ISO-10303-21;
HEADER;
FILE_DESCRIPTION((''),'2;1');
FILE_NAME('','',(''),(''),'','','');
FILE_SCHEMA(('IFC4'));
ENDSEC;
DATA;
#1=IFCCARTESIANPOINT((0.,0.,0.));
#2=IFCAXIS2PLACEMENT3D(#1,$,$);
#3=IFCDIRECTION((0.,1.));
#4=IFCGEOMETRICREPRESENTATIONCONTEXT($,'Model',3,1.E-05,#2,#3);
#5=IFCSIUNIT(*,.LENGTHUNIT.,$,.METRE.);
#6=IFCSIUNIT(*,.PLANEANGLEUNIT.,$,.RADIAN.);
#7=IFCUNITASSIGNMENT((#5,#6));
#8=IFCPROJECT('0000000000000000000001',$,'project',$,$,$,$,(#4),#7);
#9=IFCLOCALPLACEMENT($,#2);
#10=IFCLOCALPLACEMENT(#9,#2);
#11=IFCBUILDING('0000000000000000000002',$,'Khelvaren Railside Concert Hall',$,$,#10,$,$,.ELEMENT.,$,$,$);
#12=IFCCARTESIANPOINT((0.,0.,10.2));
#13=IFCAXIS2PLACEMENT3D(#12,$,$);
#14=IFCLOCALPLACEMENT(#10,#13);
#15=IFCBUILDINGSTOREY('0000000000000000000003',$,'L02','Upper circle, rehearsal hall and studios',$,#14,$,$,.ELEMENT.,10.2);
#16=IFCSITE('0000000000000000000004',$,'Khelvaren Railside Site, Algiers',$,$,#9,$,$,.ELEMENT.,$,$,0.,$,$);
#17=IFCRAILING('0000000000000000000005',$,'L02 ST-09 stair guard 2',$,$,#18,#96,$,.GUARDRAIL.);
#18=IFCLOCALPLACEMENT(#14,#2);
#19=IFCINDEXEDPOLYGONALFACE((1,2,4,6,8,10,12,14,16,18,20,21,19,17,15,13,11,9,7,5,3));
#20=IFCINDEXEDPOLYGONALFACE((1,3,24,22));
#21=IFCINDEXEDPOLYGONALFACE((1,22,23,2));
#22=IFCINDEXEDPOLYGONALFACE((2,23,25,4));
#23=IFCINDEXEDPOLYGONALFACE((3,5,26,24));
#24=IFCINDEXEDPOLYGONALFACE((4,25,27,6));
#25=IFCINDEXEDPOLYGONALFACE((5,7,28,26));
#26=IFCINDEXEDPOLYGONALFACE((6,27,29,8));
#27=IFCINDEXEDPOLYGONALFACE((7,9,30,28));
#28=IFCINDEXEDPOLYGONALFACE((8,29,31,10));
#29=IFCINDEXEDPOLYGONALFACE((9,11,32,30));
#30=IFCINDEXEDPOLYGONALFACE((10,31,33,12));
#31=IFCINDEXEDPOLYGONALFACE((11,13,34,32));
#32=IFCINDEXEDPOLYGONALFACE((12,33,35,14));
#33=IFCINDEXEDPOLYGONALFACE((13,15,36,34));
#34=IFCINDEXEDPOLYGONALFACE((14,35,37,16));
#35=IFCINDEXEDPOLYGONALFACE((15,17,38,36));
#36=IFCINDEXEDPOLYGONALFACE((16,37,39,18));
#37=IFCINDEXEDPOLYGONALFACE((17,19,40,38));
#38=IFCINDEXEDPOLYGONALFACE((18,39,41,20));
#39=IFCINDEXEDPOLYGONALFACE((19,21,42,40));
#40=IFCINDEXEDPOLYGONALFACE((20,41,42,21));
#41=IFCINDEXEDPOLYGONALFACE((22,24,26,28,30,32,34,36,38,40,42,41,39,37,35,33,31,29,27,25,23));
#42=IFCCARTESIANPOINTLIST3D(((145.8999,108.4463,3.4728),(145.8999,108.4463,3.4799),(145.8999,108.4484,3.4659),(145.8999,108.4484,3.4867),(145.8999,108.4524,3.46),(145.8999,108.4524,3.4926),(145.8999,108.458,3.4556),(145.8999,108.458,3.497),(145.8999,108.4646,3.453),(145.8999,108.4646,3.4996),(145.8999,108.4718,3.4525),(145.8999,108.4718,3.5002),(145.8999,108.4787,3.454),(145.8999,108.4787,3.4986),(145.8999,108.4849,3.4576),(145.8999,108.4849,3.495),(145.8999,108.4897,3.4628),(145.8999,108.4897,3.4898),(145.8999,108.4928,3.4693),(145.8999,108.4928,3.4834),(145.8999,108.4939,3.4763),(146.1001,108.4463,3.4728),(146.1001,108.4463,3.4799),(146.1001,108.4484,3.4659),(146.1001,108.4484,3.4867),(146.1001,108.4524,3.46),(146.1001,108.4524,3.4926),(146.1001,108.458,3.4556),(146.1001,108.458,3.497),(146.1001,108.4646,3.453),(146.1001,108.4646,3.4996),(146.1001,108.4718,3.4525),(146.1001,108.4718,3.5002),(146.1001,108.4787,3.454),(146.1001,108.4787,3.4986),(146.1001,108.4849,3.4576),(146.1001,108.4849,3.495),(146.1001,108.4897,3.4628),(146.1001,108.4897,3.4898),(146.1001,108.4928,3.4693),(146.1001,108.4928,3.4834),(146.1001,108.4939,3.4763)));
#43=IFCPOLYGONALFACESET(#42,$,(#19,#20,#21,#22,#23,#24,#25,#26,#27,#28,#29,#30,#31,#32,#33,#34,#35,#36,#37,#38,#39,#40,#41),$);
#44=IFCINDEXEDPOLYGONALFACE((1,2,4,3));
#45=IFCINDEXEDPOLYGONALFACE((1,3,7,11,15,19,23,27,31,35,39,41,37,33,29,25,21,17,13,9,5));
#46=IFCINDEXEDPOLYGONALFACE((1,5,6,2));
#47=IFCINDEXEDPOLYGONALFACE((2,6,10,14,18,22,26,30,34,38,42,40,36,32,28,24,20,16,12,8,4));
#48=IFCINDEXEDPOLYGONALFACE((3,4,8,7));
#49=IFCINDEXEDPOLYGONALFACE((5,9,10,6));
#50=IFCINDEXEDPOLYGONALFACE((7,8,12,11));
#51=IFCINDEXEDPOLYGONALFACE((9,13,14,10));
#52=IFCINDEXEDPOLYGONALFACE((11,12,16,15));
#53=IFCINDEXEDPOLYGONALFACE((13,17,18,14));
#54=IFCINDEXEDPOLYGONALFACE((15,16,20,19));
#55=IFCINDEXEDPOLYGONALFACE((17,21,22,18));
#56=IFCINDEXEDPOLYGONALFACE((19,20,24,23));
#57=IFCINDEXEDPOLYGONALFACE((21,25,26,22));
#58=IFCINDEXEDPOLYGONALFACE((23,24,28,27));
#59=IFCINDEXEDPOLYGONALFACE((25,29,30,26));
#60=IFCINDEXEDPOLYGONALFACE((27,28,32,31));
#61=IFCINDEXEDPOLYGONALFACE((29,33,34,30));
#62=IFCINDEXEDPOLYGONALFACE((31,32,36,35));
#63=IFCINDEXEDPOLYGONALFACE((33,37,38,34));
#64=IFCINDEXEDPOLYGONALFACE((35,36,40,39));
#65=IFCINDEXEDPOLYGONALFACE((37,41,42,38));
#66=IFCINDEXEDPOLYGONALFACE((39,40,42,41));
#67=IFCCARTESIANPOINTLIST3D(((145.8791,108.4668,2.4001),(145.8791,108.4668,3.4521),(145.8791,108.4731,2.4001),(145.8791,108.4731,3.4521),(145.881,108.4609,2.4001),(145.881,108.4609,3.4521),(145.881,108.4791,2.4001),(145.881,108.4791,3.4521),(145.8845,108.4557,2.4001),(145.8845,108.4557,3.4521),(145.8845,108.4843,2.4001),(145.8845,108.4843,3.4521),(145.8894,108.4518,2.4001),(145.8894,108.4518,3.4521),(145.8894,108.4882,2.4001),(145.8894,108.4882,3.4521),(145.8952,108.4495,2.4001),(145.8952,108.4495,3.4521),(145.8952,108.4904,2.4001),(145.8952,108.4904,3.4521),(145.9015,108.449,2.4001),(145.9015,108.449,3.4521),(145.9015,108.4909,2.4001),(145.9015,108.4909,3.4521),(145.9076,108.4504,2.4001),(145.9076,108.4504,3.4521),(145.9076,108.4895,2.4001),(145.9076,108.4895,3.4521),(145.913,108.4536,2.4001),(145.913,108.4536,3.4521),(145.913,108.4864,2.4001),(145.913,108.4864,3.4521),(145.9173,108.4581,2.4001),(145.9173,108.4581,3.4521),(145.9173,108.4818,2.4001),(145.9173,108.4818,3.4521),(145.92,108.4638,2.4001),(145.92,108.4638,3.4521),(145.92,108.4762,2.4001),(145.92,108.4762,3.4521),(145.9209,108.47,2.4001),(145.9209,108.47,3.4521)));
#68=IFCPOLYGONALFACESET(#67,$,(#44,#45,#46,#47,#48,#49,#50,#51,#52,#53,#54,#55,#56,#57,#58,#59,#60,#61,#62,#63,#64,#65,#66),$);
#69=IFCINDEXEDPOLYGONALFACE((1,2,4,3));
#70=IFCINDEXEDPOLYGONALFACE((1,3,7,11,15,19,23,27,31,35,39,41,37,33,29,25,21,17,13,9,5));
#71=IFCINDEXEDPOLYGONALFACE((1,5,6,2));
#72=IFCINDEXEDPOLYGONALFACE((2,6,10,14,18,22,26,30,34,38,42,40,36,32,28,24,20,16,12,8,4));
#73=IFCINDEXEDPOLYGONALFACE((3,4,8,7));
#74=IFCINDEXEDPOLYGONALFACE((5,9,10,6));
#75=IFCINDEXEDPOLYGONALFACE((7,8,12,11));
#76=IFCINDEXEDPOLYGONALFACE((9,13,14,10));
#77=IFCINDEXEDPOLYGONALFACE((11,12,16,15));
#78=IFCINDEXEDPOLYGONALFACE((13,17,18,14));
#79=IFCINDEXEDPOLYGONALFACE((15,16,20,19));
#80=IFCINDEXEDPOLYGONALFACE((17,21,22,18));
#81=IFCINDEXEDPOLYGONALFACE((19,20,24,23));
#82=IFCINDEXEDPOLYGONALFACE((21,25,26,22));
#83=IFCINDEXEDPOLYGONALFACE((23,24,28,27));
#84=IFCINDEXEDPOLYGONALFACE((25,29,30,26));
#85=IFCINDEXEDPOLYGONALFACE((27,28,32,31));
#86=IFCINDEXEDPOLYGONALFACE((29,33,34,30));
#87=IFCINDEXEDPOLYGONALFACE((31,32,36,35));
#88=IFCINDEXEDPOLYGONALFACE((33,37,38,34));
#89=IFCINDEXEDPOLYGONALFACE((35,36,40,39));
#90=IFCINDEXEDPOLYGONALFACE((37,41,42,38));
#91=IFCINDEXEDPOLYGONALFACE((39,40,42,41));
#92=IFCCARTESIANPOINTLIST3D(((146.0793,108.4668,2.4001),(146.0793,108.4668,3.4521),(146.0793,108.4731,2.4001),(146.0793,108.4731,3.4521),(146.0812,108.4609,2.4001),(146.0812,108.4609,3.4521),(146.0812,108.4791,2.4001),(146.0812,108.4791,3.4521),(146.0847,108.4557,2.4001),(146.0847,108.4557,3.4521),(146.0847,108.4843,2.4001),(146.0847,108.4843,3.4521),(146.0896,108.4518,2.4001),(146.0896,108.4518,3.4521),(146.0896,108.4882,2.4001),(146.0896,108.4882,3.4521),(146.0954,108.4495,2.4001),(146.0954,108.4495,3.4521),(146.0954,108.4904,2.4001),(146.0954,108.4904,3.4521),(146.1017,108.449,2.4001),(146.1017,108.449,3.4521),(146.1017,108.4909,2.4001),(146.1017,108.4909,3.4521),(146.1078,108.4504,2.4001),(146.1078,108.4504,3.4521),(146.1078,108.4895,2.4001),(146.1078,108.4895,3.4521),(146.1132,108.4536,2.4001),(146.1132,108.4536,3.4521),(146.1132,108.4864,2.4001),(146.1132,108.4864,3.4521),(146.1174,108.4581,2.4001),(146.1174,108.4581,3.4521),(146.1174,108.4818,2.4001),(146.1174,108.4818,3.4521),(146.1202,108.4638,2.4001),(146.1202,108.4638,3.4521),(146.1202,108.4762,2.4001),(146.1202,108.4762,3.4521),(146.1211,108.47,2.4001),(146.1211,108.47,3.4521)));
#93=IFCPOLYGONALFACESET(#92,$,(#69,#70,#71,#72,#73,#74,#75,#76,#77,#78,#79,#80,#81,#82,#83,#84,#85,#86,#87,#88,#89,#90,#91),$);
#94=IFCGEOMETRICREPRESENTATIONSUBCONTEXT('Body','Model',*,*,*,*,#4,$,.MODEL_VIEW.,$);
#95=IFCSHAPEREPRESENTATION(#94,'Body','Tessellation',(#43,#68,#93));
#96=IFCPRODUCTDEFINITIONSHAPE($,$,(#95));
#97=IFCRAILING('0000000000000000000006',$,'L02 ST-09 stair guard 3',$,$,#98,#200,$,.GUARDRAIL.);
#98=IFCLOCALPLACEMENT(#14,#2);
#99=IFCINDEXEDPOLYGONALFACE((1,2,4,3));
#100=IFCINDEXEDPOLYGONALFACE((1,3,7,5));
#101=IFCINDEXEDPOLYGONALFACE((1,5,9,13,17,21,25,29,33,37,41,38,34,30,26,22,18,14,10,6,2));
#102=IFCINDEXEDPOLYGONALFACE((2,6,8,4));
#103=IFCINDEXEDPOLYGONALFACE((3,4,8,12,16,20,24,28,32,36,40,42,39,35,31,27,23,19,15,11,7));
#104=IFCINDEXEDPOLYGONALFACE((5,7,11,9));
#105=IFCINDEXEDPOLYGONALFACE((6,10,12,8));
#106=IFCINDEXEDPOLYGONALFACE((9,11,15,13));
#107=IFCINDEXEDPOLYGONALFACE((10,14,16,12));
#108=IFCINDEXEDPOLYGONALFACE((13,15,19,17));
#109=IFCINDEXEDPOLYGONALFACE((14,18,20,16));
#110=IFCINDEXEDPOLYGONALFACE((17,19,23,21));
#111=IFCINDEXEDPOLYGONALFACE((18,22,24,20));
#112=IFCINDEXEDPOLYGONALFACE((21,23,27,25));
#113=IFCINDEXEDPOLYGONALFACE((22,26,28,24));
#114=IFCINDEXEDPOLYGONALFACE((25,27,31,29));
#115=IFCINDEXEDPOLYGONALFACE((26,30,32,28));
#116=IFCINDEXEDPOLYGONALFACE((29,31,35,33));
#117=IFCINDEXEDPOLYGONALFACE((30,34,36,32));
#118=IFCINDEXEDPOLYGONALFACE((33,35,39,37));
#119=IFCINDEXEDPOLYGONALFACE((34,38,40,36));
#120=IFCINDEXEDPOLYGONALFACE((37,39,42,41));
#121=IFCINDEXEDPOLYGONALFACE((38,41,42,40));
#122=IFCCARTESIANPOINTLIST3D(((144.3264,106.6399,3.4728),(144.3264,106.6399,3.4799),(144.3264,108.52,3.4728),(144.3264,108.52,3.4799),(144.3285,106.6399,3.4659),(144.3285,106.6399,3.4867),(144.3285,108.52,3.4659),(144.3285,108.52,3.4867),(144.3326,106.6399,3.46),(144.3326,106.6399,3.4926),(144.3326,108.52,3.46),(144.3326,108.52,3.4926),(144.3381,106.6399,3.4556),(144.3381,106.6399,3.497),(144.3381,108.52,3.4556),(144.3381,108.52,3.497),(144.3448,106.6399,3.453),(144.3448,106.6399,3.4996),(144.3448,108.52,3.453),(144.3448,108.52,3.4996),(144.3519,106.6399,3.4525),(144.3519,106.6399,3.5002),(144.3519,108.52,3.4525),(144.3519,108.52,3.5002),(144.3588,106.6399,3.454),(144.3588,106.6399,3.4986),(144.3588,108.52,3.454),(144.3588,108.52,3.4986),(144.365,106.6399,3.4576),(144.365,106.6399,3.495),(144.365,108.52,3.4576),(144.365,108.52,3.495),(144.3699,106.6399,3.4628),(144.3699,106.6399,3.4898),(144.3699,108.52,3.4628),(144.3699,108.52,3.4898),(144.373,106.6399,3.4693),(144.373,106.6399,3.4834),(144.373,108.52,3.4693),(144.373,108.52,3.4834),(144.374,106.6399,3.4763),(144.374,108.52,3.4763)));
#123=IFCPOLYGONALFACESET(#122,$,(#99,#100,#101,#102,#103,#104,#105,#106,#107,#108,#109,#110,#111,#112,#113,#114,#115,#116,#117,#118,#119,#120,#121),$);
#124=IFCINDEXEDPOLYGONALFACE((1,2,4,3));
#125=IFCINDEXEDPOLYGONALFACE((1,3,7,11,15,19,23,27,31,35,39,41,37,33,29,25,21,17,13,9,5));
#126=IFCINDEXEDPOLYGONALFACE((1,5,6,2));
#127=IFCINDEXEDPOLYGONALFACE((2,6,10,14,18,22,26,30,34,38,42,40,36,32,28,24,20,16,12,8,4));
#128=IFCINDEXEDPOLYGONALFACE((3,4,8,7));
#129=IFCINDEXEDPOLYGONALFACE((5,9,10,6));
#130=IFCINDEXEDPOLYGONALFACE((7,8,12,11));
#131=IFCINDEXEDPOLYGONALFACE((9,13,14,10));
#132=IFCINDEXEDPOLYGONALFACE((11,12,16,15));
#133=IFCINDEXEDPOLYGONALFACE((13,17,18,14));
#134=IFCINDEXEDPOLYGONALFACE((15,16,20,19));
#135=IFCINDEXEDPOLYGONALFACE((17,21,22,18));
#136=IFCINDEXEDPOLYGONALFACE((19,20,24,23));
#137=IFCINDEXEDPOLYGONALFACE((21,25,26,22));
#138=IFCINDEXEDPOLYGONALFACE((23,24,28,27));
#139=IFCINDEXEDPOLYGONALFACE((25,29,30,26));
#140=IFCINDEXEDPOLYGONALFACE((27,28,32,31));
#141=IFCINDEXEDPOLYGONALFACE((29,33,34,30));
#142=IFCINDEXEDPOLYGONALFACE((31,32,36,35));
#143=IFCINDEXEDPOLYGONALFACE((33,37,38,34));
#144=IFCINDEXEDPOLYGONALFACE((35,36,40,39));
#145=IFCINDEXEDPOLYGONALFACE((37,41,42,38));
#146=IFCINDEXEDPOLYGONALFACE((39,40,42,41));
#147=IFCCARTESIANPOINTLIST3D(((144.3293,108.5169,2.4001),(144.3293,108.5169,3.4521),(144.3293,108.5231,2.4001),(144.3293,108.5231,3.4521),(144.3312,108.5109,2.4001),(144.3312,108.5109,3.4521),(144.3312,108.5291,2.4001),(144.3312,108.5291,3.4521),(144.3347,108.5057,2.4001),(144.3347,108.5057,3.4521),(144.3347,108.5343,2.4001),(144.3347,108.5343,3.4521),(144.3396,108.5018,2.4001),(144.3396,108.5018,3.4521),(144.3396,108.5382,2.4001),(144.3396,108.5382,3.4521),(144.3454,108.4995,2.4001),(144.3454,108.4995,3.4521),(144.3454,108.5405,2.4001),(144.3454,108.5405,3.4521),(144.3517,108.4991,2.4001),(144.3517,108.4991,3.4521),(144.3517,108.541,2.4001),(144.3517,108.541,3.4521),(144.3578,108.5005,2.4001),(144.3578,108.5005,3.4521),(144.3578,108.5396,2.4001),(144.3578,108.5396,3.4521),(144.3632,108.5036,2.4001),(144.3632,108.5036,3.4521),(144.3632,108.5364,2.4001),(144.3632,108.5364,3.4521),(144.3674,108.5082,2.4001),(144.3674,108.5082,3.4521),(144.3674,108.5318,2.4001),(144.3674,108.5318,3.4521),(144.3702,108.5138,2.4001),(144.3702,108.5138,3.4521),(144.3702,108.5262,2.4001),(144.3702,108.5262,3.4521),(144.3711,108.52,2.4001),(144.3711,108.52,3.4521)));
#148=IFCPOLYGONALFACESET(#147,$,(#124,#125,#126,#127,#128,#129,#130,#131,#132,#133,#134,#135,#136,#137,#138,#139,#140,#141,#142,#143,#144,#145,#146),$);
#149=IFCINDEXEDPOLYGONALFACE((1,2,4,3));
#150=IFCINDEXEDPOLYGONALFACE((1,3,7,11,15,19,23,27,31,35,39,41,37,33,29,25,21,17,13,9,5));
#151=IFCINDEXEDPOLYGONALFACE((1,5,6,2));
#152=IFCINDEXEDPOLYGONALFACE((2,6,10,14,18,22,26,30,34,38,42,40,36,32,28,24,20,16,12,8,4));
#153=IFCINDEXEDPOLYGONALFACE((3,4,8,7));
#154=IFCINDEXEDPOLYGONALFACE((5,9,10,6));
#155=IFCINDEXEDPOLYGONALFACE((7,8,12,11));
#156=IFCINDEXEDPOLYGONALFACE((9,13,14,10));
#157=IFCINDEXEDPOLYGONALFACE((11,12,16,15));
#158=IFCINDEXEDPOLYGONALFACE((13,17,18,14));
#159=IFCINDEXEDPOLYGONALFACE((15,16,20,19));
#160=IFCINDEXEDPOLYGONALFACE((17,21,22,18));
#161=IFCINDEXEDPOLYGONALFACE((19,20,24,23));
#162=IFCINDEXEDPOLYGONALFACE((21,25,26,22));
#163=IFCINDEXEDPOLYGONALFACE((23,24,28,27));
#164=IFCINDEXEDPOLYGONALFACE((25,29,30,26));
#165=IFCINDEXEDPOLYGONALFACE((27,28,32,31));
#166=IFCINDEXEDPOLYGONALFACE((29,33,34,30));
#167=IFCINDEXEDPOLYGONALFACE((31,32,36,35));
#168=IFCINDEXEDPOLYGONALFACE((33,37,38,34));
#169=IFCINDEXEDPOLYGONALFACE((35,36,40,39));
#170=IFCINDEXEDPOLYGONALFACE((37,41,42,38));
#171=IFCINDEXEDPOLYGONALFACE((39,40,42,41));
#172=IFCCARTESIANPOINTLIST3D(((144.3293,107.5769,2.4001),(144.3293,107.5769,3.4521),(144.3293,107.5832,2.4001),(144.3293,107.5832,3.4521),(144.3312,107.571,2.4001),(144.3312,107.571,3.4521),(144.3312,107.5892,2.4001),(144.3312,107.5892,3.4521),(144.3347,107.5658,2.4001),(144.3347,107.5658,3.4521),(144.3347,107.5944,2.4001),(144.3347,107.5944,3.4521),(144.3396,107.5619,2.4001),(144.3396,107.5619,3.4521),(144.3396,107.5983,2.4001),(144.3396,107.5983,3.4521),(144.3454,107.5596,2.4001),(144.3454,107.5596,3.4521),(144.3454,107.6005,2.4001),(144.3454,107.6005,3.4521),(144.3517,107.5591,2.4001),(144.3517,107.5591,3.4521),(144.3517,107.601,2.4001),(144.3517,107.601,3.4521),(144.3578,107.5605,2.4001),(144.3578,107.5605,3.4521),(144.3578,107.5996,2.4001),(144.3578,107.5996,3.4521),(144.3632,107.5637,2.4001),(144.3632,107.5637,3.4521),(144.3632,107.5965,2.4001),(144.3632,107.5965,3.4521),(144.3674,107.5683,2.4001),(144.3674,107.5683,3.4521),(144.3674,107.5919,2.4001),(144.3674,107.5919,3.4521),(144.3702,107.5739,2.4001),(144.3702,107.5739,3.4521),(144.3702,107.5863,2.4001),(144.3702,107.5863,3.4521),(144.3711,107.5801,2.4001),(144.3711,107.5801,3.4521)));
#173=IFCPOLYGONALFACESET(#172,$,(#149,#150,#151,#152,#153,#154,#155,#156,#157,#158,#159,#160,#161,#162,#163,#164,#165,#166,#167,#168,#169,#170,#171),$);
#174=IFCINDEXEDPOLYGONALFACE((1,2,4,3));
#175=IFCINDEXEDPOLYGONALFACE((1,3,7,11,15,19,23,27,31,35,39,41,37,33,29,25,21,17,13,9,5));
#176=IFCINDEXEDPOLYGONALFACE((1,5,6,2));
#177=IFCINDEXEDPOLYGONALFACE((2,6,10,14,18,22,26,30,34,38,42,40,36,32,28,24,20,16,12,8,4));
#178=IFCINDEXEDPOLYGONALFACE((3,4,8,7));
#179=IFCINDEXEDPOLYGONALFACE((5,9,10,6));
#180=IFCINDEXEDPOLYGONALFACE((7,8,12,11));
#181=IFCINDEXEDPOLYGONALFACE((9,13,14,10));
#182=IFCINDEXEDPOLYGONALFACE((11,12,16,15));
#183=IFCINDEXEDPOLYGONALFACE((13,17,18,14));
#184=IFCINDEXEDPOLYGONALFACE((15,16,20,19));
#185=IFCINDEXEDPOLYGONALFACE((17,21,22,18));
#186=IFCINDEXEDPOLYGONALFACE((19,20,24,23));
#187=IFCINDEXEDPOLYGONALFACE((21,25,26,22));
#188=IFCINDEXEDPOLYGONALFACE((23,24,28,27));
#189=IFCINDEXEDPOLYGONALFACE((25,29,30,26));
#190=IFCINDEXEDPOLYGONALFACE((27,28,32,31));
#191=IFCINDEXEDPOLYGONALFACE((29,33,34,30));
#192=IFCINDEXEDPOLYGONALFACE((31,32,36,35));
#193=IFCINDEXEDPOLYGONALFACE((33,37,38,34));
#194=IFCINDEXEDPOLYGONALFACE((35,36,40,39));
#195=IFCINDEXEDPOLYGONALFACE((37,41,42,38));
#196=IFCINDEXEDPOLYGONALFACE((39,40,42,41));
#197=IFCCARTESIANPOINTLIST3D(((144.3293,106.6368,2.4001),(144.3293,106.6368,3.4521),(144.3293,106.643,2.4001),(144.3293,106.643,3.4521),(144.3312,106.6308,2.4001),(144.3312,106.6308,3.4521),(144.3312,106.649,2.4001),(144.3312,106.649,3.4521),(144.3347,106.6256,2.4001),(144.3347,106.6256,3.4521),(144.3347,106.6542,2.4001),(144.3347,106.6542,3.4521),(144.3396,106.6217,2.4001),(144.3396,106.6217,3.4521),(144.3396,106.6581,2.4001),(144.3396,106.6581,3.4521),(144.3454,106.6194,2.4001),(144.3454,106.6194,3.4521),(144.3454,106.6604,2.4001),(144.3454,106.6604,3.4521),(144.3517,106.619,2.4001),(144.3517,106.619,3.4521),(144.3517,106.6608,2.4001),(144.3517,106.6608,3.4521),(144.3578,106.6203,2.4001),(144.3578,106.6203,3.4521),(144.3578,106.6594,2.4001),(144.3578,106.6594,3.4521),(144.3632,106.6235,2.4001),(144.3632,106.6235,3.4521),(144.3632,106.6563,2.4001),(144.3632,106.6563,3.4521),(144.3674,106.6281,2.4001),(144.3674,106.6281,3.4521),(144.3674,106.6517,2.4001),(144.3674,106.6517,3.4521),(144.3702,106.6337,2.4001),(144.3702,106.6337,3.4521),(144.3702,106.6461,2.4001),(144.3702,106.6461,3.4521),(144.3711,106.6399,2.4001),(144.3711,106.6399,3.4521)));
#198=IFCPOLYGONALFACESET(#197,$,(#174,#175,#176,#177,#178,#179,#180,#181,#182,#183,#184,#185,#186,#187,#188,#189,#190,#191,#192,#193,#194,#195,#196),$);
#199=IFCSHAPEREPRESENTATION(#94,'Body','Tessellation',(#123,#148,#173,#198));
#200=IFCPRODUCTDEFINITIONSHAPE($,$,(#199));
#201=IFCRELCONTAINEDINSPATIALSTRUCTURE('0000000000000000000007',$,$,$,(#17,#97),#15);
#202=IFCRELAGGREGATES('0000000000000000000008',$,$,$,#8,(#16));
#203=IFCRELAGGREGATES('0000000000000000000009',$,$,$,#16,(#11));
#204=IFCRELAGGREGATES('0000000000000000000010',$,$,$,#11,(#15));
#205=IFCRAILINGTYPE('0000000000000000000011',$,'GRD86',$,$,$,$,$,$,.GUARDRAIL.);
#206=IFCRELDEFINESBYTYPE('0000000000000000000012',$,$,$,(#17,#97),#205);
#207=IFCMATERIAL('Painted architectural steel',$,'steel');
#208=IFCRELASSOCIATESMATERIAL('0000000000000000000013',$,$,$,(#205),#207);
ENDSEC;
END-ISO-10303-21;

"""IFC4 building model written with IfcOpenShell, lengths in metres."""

from ifc_helpers import new_model, si_unit, direction, frame, origin, origin_2d, place, context, subcontext, project, spatial, circle, extrude, material, type_object, element, save


model = new_model("IFC4")

# Units and contexts
model_context = context("Model", 3, precision=1e-05, world=origin(), true_north=direction((0.0, 1.0)))
body_context = subcontext(model_context, "Body", "Model", "MODEL_VIEW")
ifc_project = project(units=[si_unit("LENGTHUNIT", "METRE"), si_unit("PLANEANGLEUNIT", "RADIAN")], contexts=[model_context])

# Site, building, storey
site_placement = place(None, origin())
site = spatial("IfcSite", under=ifc_project, at=site_placement, Name="Khelvaren Railside Site, Algiers", CompositionType="ELEMENT", RefElevation=0.0)
building_placement = place(site_placement, origin())
building = spatial("IfcBuilding", under=site, at=building_placement, Name="Khelvaren Railside Concert Hall", CompositionType="ELEMENT")
storey_placement = place(building_placement, frame((0.0, 0.0, 10.2)))
storey = spatial("IfcBuildingStorey", under=building, at=storey_placement, Name="L02", Description="Upper circle, rehearsal hall and studios", CompositionType="ELEMENT", Elevation=10.2)

# Railings
ifc_material_1 = material(Name="Painted architectural steel", Category="steel")
railing_type_1 = type_object("IfcRailingType", Name="GRD86", PredefinedType="GUARDRAIL", material=ifc_material_1)
railing_1_placement = place(storey_placement, frame((145.8999, 108.47, 2.4001)))
element("IfcRailing", 1, at=railing_1_placement, inside=storey, type_object=railing_type_1, Name="L02 ST-09 stair guard 2", PredefinedType="GUARDRAIL", context=body_context, shape_type="SweptSolid", body=[
    extrude(circle(Radius=0.0239, at=origin_2d()), frame((0.0, 0.0, 1.0762), z_axis=(1.0, 0.0, 0.0), x_axis=(0.0, 1.0, 0.0)), (0.0, 0.0, 1.0), 0.2002),
    extrude(circle(Radius=0.021, at=origin_2d()), origin(), (0.0, 0.0, 1.0), 1.052),
    extrude(circle(Radius=0.021, at=origin_2d()), frame((0.2002, 0.0, 0.0)), (0.0, 0.0, 1.0), 1.052),
])
for number, where, name in (
    (2, (144.3501, 108.52, 2.4001), "L02 ST-09 stair guard 3"),
):
    element("IfcRailing", number, at=place(storey_placement, frame(where)), inside=storey, type_object=railing_type_1, Name=name, PredefinedType="GUARDRAIL", context=body_context, shape_type="SweptSolid", body=[
        extrude(circle(Radius=0.0239, at=origin_2d()), frame((0.0, 0.0, 1.0762), z_axis=(0.0, -1.0, 0.0), x_axis=(1.0, 0.0, 0.0)), (0.0, 0.0, 1.0), 1.8801),
        extrude(circle(Radius=0.021, at=origin_2d()), origin(), (0.0, 0.0, 1.0), 1.052),
        extrude(circle(Radius=0.021, at=origin_2d()), frame((0.0, -0.9399, 0.0)), (0.0, 0.0, 1.0), 1.052),
        extrude(circle(Radius=0.021, at=origin_2d()), frame((0.0, -1.8801, 0.0)), (0.0, 0.0, 1.0), 1.052),
    ])

save(model, "model.ifc")
